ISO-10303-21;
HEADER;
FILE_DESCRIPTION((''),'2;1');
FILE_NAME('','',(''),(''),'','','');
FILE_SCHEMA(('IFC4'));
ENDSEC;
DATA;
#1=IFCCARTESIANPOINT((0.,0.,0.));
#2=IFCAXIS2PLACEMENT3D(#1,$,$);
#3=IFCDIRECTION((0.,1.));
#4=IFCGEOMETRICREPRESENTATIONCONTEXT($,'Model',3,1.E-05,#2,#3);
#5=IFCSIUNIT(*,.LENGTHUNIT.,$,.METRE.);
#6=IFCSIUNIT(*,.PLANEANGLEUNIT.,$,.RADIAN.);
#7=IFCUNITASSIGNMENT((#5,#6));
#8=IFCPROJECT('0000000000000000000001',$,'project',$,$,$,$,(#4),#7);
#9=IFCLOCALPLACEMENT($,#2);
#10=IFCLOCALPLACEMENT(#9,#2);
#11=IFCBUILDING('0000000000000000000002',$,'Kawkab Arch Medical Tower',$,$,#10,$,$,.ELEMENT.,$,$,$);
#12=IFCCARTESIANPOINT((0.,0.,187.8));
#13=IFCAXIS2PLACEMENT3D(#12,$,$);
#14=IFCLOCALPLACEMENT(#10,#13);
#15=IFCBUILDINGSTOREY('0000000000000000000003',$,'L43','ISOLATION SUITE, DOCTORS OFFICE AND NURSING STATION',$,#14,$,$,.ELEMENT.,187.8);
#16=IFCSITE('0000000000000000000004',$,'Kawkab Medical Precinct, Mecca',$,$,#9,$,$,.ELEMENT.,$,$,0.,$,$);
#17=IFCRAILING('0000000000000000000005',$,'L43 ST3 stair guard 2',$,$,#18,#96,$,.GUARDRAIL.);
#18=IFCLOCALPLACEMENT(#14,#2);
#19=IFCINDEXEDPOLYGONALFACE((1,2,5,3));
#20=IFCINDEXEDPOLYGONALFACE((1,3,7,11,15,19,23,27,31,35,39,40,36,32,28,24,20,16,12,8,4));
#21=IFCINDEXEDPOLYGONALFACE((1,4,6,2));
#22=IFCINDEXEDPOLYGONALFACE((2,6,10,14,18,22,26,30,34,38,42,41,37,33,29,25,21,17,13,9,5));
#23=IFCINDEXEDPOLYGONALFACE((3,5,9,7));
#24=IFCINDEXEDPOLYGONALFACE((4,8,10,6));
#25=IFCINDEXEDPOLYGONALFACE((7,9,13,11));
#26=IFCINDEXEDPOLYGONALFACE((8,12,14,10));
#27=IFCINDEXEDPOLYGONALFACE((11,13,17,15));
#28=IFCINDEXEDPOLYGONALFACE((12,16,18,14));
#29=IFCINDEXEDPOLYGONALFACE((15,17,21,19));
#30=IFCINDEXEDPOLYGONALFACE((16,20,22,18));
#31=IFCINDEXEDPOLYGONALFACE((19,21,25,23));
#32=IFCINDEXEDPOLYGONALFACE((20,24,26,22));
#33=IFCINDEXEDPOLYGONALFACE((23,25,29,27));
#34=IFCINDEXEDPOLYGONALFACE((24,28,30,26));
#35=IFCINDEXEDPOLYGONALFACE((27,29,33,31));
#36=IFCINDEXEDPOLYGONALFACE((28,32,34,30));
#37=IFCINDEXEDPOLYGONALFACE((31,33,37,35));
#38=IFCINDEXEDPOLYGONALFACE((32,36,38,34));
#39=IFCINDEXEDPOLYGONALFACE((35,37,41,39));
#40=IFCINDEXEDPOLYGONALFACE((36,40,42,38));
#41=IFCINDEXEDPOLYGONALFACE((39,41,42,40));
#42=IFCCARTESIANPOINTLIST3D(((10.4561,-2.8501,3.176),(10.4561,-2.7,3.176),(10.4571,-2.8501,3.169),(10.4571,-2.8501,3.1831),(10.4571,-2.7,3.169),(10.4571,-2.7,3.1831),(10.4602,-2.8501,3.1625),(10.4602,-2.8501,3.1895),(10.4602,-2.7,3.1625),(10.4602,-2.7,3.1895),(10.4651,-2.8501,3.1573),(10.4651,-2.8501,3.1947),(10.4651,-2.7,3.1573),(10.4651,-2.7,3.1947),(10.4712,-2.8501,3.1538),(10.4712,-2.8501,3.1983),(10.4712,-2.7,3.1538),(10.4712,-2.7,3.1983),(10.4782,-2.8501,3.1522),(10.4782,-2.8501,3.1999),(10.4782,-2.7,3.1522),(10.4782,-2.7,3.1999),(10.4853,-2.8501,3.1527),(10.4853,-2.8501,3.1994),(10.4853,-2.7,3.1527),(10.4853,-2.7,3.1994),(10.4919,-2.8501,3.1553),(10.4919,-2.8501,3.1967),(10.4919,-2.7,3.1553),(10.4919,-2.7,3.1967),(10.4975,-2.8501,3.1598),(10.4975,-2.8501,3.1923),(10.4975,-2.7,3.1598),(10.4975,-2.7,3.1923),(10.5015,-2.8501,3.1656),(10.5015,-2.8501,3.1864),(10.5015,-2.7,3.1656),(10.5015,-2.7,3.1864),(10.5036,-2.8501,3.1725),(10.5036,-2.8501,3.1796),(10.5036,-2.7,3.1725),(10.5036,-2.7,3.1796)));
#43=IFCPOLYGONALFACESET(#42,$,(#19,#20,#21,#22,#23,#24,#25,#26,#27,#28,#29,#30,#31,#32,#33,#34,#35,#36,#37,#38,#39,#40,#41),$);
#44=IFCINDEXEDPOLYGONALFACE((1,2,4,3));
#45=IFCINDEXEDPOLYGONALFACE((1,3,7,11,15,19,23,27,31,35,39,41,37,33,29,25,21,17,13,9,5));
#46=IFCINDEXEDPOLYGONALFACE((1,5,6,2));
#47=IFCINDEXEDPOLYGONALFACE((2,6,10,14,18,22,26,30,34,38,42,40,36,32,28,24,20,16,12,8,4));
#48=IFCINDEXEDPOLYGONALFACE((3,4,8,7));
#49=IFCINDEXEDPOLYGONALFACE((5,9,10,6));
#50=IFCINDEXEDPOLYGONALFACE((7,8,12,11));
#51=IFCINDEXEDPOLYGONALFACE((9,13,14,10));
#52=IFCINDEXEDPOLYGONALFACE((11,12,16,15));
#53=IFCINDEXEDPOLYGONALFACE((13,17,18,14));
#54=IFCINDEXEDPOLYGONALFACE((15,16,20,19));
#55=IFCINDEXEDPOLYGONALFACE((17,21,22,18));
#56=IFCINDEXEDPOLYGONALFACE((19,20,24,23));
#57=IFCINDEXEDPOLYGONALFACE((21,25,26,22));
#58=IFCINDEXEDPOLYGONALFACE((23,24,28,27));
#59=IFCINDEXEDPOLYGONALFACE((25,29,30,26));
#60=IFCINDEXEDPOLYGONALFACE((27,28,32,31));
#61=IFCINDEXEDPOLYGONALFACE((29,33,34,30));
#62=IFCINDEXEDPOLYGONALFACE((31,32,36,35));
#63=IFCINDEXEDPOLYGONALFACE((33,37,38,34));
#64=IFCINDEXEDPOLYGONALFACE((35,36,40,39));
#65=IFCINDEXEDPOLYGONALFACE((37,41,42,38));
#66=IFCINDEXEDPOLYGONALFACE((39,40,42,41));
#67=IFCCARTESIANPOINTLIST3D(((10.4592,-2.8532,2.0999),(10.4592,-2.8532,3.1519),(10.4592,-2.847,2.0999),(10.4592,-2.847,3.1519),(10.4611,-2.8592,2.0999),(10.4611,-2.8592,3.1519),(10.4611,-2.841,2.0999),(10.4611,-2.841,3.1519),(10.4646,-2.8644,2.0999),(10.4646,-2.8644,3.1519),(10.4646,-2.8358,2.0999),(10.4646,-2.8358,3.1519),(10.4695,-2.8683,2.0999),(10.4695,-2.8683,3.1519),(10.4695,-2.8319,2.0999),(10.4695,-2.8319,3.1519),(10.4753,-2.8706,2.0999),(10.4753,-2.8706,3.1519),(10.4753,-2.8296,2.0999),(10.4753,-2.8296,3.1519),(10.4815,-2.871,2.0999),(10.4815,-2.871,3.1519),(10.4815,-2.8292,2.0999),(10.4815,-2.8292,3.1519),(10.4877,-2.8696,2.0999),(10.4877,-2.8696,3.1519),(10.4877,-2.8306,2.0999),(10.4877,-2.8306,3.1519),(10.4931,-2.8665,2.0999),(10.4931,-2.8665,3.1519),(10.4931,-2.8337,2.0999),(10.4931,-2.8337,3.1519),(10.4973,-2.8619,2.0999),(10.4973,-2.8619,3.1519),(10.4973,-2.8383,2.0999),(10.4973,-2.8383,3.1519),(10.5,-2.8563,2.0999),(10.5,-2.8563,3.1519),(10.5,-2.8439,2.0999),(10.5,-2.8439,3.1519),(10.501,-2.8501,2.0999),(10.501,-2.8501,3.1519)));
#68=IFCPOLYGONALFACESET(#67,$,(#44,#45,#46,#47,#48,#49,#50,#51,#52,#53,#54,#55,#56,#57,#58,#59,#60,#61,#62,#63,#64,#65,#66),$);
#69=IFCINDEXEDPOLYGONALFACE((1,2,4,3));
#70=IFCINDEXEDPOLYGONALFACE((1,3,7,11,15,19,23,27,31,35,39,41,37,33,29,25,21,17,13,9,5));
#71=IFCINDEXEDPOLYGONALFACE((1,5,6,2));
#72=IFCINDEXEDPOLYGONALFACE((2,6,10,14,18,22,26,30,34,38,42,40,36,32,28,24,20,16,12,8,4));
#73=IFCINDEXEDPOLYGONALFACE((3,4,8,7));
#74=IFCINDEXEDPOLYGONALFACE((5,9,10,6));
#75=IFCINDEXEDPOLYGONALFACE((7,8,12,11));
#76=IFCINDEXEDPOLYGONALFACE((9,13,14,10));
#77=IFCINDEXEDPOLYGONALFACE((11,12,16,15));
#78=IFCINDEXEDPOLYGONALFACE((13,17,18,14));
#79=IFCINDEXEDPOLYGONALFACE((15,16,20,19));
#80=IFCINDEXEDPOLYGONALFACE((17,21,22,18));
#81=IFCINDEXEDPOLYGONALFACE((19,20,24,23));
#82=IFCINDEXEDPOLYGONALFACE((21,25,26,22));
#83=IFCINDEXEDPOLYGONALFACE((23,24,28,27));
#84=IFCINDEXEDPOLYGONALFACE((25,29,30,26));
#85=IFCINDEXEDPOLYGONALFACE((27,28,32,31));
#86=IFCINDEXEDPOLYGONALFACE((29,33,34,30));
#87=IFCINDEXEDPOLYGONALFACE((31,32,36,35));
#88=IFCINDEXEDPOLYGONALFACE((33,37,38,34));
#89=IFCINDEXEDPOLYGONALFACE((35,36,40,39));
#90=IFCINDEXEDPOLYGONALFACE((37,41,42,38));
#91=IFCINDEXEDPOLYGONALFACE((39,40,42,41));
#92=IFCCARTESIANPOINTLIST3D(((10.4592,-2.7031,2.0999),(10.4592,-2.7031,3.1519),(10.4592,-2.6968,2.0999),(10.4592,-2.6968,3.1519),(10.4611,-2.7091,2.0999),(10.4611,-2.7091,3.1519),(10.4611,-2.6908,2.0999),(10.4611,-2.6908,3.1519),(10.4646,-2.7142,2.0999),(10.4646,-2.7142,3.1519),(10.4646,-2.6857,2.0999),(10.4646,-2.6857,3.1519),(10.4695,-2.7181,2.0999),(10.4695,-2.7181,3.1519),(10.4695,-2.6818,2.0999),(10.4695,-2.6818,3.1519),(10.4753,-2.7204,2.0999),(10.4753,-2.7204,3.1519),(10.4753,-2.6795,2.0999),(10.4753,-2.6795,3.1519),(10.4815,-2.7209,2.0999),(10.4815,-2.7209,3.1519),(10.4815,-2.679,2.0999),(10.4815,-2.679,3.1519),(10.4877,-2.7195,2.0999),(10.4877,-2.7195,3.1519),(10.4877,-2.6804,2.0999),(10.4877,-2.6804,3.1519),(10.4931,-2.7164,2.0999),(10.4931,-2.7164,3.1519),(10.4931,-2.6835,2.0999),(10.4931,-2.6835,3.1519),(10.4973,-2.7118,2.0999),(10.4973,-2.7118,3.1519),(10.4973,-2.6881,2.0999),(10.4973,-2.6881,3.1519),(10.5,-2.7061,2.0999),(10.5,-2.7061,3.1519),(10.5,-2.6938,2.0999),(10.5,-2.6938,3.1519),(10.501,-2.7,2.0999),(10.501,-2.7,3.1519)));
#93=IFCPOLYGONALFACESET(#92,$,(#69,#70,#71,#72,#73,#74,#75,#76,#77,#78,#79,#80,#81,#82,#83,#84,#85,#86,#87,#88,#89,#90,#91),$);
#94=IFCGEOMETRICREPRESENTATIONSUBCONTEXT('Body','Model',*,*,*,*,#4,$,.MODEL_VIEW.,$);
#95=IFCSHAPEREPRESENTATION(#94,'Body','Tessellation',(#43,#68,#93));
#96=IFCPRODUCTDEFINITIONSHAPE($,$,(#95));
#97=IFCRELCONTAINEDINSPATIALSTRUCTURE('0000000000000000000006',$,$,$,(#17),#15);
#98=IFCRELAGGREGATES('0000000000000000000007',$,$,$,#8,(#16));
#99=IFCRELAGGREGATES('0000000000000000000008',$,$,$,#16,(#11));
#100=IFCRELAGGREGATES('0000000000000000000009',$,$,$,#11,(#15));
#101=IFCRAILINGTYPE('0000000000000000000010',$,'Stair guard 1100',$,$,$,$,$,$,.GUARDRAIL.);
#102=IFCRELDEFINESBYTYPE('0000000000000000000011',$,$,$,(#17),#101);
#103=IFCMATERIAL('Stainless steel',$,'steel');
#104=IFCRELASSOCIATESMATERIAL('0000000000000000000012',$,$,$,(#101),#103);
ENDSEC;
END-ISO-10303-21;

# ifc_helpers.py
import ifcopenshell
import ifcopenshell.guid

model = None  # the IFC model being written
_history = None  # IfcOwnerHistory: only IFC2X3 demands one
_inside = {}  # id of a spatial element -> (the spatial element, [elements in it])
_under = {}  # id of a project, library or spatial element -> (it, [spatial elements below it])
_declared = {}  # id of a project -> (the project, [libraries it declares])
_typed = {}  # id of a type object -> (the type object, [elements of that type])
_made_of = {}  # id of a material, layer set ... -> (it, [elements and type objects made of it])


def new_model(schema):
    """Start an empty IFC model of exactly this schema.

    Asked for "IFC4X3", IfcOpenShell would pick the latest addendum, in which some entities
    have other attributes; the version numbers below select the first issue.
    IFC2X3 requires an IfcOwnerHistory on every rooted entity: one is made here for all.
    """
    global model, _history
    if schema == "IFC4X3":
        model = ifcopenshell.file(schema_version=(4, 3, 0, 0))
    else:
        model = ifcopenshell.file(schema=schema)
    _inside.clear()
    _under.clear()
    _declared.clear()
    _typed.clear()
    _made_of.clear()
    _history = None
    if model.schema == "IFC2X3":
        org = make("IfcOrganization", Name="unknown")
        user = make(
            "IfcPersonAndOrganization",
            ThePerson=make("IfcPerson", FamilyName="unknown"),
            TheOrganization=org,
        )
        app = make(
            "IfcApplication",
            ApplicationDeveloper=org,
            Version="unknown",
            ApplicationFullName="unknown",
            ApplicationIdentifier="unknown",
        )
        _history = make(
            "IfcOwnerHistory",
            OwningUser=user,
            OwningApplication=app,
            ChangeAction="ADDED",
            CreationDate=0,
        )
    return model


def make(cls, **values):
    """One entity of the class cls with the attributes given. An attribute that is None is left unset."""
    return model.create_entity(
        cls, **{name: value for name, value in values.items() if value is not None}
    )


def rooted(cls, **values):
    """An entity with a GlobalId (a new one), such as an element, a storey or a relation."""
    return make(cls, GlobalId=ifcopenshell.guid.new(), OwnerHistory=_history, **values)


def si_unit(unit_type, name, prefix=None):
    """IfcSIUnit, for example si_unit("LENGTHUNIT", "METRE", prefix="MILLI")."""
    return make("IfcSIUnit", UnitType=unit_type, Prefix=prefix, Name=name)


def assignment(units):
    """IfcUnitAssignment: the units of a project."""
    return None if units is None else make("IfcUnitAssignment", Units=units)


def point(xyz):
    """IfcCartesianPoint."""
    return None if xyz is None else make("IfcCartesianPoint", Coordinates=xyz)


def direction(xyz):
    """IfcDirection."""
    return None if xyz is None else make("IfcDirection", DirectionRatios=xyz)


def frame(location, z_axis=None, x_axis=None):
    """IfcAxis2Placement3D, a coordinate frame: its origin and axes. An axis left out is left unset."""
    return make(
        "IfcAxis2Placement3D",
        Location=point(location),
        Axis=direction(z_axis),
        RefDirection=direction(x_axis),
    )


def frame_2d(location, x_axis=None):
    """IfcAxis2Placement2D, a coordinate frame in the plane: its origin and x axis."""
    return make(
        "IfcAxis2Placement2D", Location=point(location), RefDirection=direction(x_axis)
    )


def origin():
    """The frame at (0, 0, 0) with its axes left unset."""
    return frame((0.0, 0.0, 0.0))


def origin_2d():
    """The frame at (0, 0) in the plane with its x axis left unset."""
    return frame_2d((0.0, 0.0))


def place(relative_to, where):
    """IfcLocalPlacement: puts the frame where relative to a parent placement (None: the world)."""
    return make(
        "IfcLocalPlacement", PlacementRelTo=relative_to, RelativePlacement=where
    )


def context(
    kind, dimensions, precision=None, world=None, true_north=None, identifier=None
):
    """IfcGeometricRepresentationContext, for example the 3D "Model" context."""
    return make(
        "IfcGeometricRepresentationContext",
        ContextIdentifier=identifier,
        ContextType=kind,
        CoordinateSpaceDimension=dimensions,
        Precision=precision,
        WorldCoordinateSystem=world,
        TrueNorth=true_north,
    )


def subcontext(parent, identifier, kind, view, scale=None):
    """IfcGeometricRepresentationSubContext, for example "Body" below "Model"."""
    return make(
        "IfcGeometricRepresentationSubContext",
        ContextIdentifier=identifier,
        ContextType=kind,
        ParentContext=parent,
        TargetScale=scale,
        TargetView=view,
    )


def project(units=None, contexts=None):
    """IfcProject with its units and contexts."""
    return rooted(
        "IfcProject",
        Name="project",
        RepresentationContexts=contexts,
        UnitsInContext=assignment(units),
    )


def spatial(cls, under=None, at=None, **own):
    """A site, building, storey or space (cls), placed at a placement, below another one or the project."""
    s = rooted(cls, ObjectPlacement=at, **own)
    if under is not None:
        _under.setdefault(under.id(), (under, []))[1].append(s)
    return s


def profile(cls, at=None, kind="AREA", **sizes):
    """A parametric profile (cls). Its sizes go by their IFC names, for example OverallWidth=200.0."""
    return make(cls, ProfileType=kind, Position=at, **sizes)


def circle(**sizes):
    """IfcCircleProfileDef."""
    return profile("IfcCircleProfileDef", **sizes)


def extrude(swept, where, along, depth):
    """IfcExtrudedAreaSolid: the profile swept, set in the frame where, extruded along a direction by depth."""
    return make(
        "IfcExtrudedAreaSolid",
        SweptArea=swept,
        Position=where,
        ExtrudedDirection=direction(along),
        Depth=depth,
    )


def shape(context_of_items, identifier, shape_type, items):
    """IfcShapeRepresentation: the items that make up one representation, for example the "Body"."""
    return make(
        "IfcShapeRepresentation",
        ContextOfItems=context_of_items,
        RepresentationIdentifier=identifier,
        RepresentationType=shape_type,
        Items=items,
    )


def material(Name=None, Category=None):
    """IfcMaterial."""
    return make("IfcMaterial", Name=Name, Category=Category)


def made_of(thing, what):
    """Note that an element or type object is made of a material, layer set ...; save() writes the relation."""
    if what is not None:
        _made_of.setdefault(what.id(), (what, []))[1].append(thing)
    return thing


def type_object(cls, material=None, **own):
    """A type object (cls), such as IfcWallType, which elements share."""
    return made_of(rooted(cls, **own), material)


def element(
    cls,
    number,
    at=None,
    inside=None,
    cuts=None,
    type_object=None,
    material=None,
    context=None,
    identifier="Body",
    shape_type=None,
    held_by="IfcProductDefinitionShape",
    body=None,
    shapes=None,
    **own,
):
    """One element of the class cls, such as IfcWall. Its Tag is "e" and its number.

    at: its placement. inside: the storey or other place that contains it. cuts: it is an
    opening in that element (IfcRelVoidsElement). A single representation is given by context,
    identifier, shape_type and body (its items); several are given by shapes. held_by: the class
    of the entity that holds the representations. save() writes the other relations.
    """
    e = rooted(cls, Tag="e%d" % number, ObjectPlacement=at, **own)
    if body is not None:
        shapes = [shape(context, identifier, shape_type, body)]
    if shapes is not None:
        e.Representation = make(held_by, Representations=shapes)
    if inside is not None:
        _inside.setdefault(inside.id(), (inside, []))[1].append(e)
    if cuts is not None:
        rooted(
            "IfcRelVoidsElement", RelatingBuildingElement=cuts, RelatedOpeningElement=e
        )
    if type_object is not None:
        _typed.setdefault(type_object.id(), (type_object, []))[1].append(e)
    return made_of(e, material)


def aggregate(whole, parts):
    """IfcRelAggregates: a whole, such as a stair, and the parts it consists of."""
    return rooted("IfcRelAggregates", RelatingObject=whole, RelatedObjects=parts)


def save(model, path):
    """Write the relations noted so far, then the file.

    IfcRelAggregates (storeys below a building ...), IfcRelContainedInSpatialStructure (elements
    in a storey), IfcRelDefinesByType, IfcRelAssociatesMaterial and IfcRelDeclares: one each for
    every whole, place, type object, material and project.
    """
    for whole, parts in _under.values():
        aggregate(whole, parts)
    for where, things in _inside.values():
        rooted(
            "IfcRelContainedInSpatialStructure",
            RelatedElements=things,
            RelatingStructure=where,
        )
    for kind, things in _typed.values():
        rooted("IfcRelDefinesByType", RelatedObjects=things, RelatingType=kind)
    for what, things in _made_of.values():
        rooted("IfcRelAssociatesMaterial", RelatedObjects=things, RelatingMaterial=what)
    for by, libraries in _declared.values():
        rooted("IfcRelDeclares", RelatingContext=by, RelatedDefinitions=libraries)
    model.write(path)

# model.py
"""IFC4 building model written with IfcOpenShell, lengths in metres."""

from ifc_helpers import new_model, si_unit, direction, frame, origin, origin_2d, place, context, subcontext, project, spatial, circle, extrude, material, type_object, element, save


model = new_model("IFC4")

# Units and contexts
model_context = context("Model", 3, precision=1e-05, world=origin(), true_north=direction((0.0, 1.0)))
body_context = subcontext(model_context, "Body", "Model", "MODEL_VIEW")
ifc_project = project(units=[si_unit("LENGTHUNIT", "METRE"), si_unit("PLANEANGLEUNIT", "RADIAN")], contexts=[model_context])

# Site, building, storey
site_placement = place(None, origin())
site = spatial("IfcSite", under=ifc_project, at=site_placement, Name="Kawkab Medical Precinct, Mecca", CompositionType="ELEMENT", RefElevation=0.0)
building_placement = place(site_placement, origin())
building = spatial("IfcBuilding", under=site, at=building_placement, Name="Kawkab Arch Medical Tower", CompositionType="ELEMENT")
storey_placement = place(building_placement, frame((0.0, 0.0, 187.8)))
storey = spatial("IfcBuildingStorey", under=building, at=storey_placement, Name="L43", Description="ISOLATION SUITE, DOCTORS OFFICE AND NURSING STATION", CompositionType="ELEMENT", Elevation=187.8)

# Railing
ifc_material_1 = material(Name="Stainless steel", Category="steel")
railing_type_1 = type_object("IfcRailingType", Name="Stair guard 1100", PredefinedType="GUARDRAIL", material=ifc_material_1)
railing_1_placement = place(storey_placement, frame((10.48, -2.8501, 2.0999)))
element("IfcRailing", 1, at=railing_1_placement, inside=storey, type_object=railing_type_1, Name="L43 ST3 stair guard 2", PredefinedType="GUARDRAIL", context=body_context, shape_type="SweptSolid", body=[
    extrude(circle(Radius=0.0239, at=origin_2d()), frame((0.0, 0.0, 1.0762), z_axis=(0.0, 1.0, 0.0), x_axis=(-1.0, 0.0, 0.0)), (0.0, 0.0, 1.0), 0.1501),
    extrude(circle(Radius=0.021, at=origin_2d()), origin(), (0.0, 0.0, 1.0), 1.052),
    extrude(circle(Radius=0.021, at=origin_2d()), frame((0.0, 0.1501, 0.0)), (0.0, 0.0, 1.0), 1.052),
])

save(model, "model.ifc")
